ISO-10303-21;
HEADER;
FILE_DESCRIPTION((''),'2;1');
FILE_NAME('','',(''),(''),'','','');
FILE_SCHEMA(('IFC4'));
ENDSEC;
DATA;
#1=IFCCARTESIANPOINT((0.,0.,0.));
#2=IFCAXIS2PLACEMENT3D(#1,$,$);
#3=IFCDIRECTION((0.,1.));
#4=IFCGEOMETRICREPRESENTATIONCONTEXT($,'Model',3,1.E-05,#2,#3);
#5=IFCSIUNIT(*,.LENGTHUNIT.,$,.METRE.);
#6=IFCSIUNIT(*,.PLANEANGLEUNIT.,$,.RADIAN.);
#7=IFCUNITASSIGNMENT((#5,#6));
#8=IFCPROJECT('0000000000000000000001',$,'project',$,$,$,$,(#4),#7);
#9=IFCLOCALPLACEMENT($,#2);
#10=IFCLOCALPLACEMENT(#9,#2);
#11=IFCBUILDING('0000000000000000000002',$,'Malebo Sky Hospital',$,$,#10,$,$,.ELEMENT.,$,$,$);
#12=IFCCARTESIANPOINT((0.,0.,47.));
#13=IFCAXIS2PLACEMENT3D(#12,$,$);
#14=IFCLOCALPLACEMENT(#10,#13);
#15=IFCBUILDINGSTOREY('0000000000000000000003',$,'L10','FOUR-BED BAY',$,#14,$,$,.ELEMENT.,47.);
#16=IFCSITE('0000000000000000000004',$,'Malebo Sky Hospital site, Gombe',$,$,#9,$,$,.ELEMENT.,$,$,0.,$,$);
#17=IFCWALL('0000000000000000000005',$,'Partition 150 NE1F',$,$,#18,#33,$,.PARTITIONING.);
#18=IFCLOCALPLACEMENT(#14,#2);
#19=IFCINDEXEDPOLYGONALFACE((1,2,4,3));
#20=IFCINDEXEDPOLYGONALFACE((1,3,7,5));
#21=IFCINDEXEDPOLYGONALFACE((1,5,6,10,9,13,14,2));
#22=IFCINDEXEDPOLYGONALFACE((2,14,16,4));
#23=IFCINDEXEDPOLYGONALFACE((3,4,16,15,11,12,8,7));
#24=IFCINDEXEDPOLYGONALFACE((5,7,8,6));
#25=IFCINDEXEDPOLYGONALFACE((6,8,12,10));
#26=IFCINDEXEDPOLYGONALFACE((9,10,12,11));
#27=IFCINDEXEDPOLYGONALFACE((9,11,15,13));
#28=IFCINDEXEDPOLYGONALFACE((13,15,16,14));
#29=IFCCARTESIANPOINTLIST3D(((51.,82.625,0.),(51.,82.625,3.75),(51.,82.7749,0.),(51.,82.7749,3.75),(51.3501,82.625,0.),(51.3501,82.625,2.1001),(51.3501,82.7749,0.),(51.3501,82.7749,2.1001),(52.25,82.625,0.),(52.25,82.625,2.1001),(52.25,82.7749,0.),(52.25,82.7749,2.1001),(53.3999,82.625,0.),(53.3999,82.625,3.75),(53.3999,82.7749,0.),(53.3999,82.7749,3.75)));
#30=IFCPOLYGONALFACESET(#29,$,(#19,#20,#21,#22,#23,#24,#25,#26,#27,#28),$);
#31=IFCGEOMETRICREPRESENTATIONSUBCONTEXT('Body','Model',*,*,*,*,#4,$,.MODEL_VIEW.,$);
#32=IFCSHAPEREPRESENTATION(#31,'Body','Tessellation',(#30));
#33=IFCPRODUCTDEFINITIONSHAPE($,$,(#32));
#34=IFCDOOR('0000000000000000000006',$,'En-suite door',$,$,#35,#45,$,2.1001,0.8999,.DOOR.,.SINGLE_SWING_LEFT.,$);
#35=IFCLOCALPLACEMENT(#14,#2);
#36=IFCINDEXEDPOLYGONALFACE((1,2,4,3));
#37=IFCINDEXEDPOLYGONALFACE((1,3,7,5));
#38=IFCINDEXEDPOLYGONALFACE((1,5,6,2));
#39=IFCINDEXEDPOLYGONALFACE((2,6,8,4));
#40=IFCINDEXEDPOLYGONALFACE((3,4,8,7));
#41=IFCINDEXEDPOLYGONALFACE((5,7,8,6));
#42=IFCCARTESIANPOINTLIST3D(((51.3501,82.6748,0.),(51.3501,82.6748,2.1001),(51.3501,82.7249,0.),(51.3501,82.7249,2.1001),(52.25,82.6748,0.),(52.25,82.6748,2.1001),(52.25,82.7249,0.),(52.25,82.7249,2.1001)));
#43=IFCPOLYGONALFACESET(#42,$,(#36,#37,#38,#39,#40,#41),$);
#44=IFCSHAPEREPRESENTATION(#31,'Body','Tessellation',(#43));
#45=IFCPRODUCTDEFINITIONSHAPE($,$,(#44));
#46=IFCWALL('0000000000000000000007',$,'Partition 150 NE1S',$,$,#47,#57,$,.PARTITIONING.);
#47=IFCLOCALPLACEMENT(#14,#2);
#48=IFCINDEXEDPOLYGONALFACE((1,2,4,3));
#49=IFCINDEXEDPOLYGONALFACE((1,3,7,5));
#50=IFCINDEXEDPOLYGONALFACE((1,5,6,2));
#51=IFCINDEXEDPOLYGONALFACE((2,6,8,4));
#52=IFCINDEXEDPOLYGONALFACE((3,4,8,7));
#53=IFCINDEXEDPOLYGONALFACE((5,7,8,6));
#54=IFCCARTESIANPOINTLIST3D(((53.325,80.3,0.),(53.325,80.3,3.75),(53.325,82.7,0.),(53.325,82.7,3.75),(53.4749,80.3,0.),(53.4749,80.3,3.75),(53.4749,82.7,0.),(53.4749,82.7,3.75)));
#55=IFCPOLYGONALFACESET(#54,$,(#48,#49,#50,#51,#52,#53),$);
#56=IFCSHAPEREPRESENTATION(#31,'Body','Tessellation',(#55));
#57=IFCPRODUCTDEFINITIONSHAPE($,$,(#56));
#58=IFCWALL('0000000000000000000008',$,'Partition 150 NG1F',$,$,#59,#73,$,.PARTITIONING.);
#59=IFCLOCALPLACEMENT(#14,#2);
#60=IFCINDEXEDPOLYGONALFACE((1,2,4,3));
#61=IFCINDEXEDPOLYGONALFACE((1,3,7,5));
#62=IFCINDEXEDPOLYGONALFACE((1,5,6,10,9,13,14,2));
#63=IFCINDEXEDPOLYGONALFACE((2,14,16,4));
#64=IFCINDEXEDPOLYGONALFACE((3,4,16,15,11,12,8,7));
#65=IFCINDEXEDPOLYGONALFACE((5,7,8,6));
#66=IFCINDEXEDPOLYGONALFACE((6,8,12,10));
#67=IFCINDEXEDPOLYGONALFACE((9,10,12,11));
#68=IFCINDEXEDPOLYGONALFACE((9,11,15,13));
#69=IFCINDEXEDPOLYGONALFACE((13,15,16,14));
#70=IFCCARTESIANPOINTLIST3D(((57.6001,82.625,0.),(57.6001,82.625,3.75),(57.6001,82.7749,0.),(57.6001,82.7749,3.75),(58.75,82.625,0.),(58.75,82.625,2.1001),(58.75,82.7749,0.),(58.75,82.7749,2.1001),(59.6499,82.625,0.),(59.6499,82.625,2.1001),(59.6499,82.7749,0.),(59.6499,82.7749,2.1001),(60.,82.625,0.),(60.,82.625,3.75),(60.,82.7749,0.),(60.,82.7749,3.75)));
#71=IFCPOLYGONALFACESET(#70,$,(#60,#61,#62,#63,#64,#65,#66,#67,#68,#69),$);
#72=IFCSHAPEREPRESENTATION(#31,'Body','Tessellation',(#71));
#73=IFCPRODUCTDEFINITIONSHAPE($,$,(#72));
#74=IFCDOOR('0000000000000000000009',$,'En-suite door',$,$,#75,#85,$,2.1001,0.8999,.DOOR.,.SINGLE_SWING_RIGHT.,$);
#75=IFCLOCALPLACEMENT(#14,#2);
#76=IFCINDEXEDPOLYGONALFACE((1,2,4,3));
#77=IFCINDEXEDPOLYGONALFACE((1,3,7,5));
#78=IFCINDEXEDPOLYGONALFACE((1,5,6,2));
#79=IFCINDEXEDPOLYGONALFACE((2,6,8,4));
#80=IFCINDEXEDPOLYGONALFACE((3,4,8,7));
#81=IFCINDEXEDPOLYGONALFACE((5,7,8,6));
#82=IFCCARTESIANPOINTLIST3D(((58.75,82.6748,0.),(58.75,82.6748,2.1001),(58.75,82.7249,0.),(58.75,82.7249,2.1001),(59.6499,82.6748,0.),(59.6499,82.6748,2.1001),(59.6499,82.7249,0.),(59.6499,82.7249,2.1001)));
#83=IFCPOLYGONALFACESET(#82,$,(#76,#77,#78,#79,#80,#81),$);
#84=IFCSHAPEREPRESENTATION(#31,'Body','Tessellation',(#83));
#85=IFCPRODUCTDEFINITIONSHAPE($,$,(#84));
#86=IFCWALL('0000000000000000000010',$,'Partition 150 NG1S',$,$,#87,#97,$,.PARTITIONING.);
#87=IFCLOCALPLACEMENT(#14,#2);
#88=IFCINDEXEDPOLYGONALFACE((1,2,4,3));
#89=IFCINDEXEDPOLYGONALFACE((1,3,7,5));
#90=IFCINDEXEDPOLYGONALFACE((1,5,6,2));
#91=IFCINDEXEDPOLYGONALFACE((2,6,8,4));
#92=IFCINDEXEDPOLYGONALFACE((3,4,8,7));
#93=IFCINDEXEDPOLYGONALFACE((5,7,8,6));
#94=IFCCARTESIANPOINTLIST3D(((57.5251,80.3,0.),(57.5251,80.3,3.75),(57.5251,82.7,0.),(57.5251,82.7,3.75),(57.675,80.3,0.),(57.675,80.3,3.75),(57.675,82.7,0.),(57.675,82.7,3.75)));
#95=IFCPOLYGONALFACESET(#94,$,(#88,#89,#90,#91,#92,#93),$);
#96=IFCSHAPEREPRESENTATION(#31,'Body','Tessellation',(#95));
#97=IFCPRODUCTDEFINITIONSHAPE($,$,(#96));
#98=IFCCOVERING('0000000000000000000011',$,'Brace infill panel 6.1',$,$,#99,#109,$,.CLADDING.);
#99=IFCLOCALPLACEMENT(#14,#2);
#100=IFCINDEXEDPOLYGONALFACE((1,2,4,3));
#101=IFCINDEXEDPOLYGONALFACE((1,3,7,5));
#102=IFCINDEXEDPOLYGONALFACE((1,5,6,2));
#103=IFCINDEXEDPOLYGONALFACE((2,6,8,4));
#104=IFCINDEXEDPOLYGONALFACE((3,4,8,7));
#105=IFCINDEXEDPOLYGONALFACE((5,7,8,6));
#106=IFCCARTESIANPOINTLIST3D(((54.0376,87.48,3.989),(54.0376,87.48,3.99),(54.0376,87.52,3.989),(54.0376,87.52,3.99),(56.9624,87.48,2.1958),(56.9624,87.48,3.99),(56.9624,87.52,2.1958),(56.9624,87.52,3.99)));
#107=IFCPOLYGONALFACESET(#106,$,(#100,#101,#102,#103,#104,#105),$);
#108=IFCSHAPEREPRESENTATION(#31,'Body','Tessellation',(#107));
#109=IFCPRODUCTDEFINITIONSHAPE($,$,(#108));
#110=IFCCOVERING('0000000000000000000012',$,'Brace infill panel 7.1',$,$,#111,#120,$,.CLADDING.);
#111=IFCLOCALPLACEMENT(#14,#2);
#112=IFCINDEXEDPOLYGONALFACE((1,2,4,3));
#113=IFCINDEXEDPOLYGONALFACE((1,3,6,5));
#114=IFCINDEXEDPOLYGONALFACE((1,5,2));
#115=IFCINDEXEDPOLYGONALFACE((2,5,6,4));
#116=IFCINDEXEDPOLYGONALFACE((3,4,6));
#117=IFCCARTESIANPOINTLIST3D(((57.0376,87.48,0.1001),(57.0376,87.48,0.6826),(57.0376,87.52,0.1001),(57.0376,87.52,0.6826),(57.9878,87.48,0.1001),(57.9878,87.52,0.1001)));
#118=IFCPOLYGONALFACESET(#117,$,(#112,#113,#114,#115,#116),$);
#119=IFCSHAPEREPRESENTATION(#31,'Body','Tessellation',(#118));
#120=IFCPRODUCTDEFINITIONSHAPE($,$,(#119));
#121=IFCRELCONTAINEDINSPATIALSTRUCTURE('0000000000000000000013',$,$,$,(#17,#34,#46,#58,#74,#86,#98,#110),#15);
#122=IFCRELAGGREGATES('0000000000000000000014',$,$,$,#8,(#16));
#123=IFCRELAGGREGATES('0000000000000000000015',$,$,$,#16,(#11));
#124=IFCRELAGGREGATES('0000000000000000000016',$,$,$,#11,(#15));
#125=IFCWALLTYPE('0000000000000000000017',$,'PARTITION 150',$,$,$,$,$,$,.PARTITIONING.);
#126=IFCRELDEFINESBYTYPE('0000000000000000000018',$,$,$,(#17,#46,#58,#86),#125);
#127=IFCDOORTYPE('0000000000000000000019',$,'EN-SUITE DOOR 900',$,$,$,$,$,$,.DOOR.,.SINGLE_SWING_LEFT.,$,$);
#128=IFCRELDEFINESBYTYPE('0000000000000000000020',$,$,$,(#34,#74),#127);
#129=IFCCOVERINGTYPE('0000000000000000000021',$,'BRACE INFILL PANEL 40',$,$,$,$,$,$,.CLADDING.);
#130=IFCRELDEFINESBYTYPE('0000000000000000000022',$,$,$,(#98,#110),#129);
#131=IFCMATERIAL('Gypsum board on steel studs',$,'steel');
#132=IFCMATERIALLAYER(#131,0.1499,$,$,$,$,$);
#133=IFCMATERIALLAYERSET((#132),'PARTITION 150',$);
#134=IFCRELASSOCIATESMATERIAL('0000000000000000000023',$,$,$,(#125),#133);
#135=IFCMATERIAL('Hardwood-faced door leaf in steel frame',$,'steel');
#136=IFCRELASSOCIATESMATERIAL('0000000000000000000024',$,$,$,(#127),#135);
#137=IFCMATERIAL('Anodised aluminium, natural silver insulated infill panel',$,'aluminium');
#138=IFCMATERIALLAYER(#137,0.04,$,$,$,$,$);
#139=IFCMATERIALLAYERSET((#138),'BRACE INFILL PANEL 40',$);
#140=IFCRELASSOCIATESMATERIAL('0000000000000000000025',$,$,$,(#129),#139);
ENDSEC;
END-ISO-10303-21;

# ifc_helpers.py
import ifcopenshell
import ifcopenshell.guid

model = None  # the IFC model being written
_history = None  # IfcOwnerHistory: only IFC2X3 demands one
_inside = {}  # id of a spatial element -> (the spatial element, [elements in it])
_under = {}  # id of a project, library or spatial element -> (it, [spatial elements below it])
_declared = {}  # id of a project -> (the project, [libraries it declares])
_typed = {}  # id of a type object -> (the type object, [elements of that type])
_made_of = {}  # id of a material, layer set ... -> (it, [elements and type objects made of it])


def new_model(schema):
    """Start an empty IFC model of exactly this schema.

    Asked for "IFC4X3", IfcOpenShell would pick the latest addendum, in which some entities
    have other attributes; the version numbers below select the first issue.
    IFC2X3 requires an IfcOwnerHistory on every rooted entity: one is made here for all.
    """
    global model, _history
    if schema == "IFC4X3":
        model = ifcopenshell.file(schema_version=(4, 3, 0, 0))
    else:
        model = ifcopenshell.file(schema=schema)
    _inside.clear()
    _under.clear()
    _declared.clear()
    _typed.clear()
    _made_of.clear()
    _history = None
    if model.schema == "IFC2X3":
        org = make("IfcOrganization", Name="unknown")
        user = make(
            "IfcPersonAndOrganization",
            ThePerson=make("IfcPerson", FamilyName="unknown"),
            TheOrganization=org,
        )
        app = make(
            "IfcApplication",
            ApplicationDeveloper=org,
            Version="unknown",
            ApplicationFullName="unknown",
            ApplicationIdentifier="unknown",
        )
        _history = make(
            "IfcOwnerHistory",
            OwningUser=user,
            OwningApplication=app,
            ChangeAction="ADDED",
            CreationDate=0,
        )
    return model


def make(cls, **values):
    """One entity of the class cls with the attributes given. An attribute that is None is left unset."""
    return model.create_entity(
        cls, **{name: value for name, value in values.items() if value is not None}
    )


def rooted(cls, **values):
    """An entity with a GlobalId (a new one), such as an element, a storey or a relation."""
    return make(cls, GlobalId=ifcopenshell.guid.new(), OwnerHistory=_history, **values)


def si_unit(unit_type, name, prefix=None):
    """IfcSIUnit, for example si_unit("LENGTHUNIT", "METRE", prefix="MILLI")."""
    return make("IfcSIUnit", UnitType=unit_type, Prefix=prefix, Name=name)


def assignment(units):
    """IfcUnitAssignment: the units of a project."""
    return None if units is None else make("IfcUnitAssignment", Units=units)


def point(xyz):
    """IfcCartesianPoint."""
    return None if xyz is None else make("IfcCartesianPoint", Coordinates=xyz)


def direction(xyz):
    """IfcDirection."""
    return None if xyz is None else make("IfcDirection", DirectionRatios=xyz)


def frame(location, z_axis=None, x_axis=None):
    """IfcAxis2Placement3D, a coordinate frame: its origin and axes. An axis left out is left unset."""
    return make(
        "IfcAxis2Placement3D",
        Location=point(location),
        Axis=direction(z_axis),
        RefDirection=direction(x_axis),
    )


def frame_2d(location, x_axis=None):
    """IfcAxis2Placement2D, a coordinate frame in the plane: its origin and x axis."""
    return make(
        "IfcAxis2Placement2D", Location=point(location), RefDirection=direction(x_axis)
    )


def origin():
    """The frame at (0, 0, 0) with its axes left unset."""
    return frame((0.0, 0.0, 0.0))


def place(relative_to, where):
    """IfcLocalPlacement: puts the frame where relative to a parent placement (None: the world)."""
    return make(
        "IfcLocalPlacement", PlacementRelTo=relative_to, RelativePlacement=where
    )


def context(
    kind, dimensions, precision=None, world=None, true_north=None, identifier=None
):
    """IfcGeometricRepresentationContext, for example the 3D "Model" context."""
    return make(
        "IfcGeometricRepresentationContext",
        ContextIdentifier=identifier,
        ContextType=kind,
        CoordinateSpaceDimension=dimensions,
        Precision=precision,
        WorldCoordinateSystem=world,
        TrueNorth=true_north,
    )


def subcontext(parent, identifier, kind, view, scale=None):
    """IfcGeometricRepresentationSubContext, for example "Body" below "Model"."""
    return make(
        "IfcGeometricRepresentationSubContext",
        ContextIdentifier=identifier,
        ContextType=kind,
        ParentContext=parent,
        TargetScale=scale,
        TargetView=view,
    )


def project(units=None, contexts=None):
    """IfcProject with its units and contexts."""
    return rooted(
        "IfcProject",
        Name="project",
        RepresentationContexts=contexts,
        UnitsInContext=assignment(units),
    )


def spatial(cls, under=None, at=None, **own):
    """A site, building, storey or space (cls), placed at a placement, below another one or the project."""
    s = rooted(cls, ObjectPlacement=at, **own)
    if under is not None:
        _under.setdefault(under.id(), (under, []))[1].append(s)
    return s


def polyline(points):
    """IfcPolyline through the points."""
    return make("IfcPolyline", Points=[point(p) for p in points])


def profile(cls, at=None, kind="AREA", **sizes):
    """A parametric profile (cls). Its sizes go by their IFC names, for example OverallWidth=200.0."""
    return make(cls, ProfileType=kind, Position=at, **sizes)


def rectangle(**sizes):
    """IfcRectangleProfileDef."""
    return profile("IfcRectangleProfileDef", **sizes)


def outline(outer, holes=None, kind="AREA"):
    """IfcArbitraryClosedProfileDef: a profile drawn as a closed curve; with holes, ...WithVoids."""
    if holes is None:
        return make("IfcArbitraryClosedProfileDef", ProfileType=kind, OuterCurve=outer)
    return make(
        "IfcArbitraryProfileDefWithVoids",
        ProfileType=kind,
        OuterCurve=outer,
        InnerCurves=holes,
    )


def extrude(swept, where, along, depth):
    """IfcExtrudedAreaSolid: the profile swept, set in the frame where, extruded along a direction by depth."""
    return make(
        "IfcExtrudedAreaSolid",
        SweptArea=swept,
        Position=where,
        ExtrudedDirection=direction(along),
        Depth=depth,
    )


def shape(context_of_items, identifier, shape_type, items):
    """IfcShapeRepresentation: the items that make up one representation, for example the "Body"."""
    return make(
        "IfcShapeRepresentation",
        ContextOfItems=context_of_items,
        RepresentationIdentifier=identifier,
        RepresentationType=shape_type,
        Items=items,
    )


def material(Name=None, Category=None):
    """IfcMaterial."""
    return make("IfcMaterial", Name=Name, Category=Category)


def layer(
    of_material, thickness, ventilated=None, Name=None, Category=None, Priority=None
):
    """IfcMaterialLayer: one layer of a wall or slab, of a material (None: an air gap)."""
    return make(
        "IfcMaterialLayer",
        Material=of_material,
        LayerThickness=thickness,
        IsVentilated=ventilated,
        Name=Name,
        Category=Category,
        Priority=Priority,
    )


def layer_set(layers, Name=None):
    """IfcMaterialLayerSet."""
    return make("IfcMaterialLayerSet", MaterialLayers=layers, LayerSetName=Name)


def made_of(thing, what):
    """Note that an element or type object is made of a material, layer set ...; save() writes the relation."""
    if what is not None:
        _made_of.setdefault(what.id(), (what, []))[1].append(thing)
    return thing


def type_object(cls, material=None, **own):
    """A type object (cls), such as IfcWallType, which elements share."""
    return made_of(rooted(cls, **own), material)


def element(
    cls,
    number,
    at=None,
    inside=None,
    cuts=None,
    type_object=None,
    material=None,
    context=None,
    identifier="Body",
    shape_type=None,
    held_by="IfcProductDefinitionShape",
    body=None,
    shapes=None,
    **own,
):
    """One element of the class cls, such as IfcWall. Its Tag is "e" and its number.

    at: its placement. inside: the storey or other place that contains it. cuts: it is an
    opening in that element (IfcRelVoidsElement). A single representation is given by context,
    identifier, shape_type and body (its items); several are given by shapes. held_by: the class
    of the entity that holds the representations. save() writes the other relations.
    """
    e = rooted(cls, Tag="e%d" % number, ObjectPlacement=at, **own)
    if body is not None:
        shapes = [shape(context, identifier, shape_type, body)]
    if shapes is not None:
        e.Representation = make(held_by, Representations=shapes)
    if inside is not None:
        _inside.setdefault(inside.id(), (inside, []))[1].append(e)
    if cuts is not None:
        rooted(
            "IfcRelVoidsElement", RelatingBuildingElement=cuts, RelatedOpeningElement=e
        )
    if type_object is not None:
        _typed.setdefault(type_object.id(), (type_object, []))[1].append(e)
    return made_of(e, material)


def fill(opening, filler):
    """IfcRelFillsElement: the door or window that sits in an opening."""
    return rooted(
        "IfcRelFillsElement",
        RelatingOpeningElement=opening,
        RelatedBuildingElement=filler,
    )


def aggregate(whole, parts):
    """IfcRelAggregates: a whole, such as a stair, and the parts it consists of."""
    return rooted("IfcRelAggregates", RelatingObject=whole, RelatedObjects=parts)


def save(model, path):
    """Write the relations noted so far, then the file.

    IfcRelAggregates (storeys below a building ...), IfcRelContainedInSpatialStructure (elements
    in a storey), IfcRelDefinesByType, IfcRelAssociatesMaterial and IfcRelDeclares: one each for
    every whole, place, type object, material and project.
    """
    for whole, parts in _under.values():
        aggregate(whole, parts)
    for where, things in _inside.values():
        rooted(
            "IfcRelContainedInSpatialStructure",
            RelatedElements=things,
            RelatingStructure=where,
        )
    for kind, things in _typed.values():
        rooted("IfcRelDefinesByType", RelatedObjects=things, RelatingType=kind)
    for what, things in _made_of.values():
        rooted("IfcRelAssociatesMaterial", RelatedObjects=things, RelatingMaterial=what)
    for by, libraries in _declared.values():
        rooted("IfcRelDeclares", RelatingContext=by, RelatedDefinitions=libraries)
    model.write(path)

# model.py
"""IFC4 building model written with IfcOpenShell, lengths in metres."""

from ifc_helpers import new_model, si_unit, direction, frame, frame_2d, origin, place, context, subcontext, project, spatial, polyline, rectangle, outline, extrude, material, layer, layer_set, type_object, element, fill, save


model = new_model("IFC4")

# Units and contexts
model_context = context("Model", 3, precision=1e-05, world=origin(), true_north=direction((0.0, 1.0)))
body_context = subcontext(model_context, "Body", "Model", "MODEL_VIEW")
ifc_project = project(units=[si_unit("LENGTHUNIT", "METRE"), si_unit("PLANEANGLEUNIT", "RADIAN")], contexts=[model_context])

# Site, building, storey
site_placement = place(None, origin())
site = spatial("IfcSite", under=ifc_project, at=site_placement, Name="Malebo Sky Hospital site, Gombe", CompositionType="ELEMENT", RefElevation=0.0)
building_placement = place(site_placement, origin())
building = spatial("IfcBuilding", under=site, at=building_placement, Name="Malebo Sky Hospital", CompositionType="ELEMENT")
storey_placement = place(building_placement, frame((0.0, 0.0, 47.0)))
storey = spatial("IfcBuildingStorey", under=building, at=storey_placement, Name="L10", Description="FOUR-BED BAY", CompositionType="ELEMENT", Elevation=47.0)

# Shared definitions
ifc_material_1 = material(Name="Gypsum board on steel studs", Category="steel")
ifc_layer_1 = layer(ifc_material_1, 0.1499)
ifc_layer_set_1 = layer_set([ifc_layer_1], Name="PARTITION 150")
wall_type = type_object("IfcWallType", Name="PARTITION 150", PredefinedType="PARTITIONING", material=ifc_layer_set_1)

# Shared definitions
ifc_material_2 = material(Name="Hardwood-faced door leaf in steel frame", Category="steel")
door_type = type_object("IfcDoorType", Name="EN-SUITE DOOR 900", OperationType="SINGLE_SWING_LEFT", PredefinedType="DOOR", material=ifc_material_2)

# Wall, opening, door
wall_1_placement = place(storey_placement, frame((51.0, 82.7, 0.0), z_axis=(0.0, 0.0, 1.0), x_axis=(1.0, 0.0, 0.0)))
wall_1 = element("IfcWall", 1, at=wall_1_placement, inside=storey, type_object=wall_type, Name="Partition 150 NE1F", PredefinedType="PARTITIONING", context=body_context, shape_type="SweptSolid", body=[
    extrude(rectangle(XDim=2.3999, YDim=0.1499, at=frame_2d((1.2, 0.0))), origin(), (0.0, 0.0, 1.0), 3.75),
])
opening_1_placement = place(wall_1_placement, frame((0.3501, 0.0, 0.0)))
opening_1 = element("IfcOpeningElement", 2, at=opening_1_placement, cuts=wall_1, PredefinedType="OPENING", context=body_context, shape_type="SweptSolid", body=[
    extrude(rectangle(XDim=0.8999, YDim=2.1001, at=frame_2d((0.45, 1.05))), frame((0.0, 0.085, 0.0), z_axis=(0.0, -1.0, 0.0), x_axis=(1.0, 0.0, 0.0)), (0.0, 0.0, 1.0), 0.1699),
])
door_1_placement = place(opening_1_placement, origin())
door_1 = element("IfcDoor", 3, at=door_1_placement, inside=storey, type_object=door_type, Name="En-suite door", OperationType="SINGLE_SWING_LEFT", OverallHeight=2.1001, OverallWidth=0.8999, PredefinedType="DOOR", context=body_context, shape_type="SweptSolid", body=[
    extrude(rectangle(XDim=0.8999, YDim=2.1001, at=frame_2d((0.45, 1.05))), frame((0.0, 0.0249, 0.0), z_axis=(0.0, -1.0, 0.0), x_axis=(1.0, 0.0, 0.0)), (0.0, 0.0, 1.0), 0.05),
])
fill(opening_1, door_1)

# Wall
wall_2_placement = place(storey_placement, frame((53.3999, 80.3, 0.0), z_axis=(0.0, 0.0, 1.0), x_axis=(0.0, 1.0, 0.0)))
element("IfcWall", 4, at=wall_2_placement, inside=storey, type_object=wall_type, Name="Partition 150 NE1S", PredefinedType="PARTITIONING", context=body_context, shape_type="SweptSolid", body=[
    extrude(rectangle(XDim=2.3999, YDim=0.1499, at=frame_2d((1.2, 0.0))), origin(), (0.0, 0.0, 1.0), 3.75),
])

# Wall, opening, door
wall_3_placement = place(storey_placement, frame((57.6001, 82.7, 0.0), z_axis=(0.0, 0.0, 1.0), x_axis=(1.0, 0.0, 0.0)))
wall_3 = element("IfcWall", 5, at=wall_3_placement, inside=storey, type_object=wall_type, Name="Partition 150 NG1F", PredefinedType="PARTITIONING", context=body_context, shape_type="SweptSolid", body=[
    extrude(rectangle(XDim=2.3999, YDim=0.1499, at=frame_2d((1.2, 0.0))), origin(), (0.0, 0.0, 1.0), 3.75),
])
opening_2_placement = place(wall_3_placement, frame((1.1499, 0.0, 0.0)))
opening_2 = element("IfcOpeningElement", 6, at=opening_2_placement, cuts=wall_3, PredefinedType="OPENING", context=body_context, shape_type="SweptSolid", body=[
    extrude(rectangle(XDim=0.8999, YDim=2.1001, at=frame_2d((0.45, 1.05))), frame((0.0, 0.085, 0.0), z_axis=(0.0, -1.0, 0.0), x_axis=(1.0, 0.0, 0.0)), (0.0, 0.0, 1.0), 0.1699),
])
door_2_placement = place(opening_2_placement, origin())
door_2 = element("IfcDoor", 7, at=door_2_placement, inside=storey, type_object=door_type, Name="En-suite door", OperationType="SINGLE_SWING_RIGHT", OverallHeight=2.1001, OverallWidth=0.8999, PredefinedType="DOOR", context=body_context, shape_type="SweptSolid", body=[
    extrude(rectangle(XDim=0.8999, YDim=2.1001, at=frame_2d((0.45, 1.05))), frame((0.0, 0.0249, 0.0), z_axis=(0.0, -1.0, 0.0), x_axis=(1.0, 0.0, 0.0)), (0.0, 0.0, 1.0), 0.05),
])
fill(opening_2, door_2)

# Wall
wall_4_placement = place(storey_placement, frame((57.6001, 80.3, 0.0), z_axis=(0.0, 0.0, 1.0), x_axis=(0.0, 1.0, 0.0)))
element("IfcWall", 8, at=wall_4_placement, inside=storey, type_object=wall_type, Name="Partition 150 NG1S", PredefinedType="PARTITIONING", context=body_context, shape_type="SweptSolid", body=[
    extrude(rectangle(XDim=2.3999, YDim=0.1499, at=frame_2d((1.2, 0.0))), origin(), (0.0, 0.0, 1.0), 3.75),
])

# Coverings
ifc_material_3 = material(Name="Anodised aluminium, natural silver insulated infill panel", Category="aluminium")
ifc_layer_2 = layer(ifc_material_3, 0.04)
ifc_layer_set_2 = layer_set([ifc_layer_2], Name="BRACE INFILL PANEL 40")
covering_type = type_object("IfcCoveringType", Name="BRACE INFILL PANEL 40", PredefinedType="CLADDING", material=ifc_layer_set_2)
covering_1_placement = place(storey_placement, frame((55.5, 87.5, 2.1958), z_axis=(0.0, 0.0, 1.0), x_axis=(1.0, 0.0, 0.0)))
element("IfcCovering", 9, at=covering_1_placement, inside=storey, type_object=covering_type, Name="Brace infill panel 6.1", PredefinedType="CLADDING", context=body_context, shape_type="SweptSolid", body=[
    extrude(outline(polyline([(1.4624, 0.0), (1.4624, 1.7942), (-1.4624, 1.7942), (-1.4624, 1.7932), (1.4624, 0.0)])), frame((0.0, 0.02, 0.0), z_axis=(0.0, -1.0, 0.0), x_axis=(1.0, 0.0, 0.0)), (0.0, 0.0, 1.0), 0.04),
])
covering_2_placement = place(storey_placement, frame((57.5127, 87.5, 0.1001), z_axis=(0.0, 0.0, 1.0), x_axis=(1.0, 0.0, 0.0)))
element("IfcCovering", 10, at=covering_2_placement, inside=storey, type_object=covering_type, Name="Brace infill panel 7.1", PredefinedType="CLADDING", context=body_context, shape_type="SweptSolid", body=[
    extrude(outline(polyline([(-0.4751, 0.0), (0.4751, 0.0), (-0.4751, 0.5825), (-0.4751, 0.0)])), frame((0.0, 0.02, 0.0), z_axis=(0.0, -1.0, 0.0), x_axis=(1.0, 0.0, 0.0)), (0.0, 0.0, 1.0), 0.04),
])

save(model, "model.ifc")
